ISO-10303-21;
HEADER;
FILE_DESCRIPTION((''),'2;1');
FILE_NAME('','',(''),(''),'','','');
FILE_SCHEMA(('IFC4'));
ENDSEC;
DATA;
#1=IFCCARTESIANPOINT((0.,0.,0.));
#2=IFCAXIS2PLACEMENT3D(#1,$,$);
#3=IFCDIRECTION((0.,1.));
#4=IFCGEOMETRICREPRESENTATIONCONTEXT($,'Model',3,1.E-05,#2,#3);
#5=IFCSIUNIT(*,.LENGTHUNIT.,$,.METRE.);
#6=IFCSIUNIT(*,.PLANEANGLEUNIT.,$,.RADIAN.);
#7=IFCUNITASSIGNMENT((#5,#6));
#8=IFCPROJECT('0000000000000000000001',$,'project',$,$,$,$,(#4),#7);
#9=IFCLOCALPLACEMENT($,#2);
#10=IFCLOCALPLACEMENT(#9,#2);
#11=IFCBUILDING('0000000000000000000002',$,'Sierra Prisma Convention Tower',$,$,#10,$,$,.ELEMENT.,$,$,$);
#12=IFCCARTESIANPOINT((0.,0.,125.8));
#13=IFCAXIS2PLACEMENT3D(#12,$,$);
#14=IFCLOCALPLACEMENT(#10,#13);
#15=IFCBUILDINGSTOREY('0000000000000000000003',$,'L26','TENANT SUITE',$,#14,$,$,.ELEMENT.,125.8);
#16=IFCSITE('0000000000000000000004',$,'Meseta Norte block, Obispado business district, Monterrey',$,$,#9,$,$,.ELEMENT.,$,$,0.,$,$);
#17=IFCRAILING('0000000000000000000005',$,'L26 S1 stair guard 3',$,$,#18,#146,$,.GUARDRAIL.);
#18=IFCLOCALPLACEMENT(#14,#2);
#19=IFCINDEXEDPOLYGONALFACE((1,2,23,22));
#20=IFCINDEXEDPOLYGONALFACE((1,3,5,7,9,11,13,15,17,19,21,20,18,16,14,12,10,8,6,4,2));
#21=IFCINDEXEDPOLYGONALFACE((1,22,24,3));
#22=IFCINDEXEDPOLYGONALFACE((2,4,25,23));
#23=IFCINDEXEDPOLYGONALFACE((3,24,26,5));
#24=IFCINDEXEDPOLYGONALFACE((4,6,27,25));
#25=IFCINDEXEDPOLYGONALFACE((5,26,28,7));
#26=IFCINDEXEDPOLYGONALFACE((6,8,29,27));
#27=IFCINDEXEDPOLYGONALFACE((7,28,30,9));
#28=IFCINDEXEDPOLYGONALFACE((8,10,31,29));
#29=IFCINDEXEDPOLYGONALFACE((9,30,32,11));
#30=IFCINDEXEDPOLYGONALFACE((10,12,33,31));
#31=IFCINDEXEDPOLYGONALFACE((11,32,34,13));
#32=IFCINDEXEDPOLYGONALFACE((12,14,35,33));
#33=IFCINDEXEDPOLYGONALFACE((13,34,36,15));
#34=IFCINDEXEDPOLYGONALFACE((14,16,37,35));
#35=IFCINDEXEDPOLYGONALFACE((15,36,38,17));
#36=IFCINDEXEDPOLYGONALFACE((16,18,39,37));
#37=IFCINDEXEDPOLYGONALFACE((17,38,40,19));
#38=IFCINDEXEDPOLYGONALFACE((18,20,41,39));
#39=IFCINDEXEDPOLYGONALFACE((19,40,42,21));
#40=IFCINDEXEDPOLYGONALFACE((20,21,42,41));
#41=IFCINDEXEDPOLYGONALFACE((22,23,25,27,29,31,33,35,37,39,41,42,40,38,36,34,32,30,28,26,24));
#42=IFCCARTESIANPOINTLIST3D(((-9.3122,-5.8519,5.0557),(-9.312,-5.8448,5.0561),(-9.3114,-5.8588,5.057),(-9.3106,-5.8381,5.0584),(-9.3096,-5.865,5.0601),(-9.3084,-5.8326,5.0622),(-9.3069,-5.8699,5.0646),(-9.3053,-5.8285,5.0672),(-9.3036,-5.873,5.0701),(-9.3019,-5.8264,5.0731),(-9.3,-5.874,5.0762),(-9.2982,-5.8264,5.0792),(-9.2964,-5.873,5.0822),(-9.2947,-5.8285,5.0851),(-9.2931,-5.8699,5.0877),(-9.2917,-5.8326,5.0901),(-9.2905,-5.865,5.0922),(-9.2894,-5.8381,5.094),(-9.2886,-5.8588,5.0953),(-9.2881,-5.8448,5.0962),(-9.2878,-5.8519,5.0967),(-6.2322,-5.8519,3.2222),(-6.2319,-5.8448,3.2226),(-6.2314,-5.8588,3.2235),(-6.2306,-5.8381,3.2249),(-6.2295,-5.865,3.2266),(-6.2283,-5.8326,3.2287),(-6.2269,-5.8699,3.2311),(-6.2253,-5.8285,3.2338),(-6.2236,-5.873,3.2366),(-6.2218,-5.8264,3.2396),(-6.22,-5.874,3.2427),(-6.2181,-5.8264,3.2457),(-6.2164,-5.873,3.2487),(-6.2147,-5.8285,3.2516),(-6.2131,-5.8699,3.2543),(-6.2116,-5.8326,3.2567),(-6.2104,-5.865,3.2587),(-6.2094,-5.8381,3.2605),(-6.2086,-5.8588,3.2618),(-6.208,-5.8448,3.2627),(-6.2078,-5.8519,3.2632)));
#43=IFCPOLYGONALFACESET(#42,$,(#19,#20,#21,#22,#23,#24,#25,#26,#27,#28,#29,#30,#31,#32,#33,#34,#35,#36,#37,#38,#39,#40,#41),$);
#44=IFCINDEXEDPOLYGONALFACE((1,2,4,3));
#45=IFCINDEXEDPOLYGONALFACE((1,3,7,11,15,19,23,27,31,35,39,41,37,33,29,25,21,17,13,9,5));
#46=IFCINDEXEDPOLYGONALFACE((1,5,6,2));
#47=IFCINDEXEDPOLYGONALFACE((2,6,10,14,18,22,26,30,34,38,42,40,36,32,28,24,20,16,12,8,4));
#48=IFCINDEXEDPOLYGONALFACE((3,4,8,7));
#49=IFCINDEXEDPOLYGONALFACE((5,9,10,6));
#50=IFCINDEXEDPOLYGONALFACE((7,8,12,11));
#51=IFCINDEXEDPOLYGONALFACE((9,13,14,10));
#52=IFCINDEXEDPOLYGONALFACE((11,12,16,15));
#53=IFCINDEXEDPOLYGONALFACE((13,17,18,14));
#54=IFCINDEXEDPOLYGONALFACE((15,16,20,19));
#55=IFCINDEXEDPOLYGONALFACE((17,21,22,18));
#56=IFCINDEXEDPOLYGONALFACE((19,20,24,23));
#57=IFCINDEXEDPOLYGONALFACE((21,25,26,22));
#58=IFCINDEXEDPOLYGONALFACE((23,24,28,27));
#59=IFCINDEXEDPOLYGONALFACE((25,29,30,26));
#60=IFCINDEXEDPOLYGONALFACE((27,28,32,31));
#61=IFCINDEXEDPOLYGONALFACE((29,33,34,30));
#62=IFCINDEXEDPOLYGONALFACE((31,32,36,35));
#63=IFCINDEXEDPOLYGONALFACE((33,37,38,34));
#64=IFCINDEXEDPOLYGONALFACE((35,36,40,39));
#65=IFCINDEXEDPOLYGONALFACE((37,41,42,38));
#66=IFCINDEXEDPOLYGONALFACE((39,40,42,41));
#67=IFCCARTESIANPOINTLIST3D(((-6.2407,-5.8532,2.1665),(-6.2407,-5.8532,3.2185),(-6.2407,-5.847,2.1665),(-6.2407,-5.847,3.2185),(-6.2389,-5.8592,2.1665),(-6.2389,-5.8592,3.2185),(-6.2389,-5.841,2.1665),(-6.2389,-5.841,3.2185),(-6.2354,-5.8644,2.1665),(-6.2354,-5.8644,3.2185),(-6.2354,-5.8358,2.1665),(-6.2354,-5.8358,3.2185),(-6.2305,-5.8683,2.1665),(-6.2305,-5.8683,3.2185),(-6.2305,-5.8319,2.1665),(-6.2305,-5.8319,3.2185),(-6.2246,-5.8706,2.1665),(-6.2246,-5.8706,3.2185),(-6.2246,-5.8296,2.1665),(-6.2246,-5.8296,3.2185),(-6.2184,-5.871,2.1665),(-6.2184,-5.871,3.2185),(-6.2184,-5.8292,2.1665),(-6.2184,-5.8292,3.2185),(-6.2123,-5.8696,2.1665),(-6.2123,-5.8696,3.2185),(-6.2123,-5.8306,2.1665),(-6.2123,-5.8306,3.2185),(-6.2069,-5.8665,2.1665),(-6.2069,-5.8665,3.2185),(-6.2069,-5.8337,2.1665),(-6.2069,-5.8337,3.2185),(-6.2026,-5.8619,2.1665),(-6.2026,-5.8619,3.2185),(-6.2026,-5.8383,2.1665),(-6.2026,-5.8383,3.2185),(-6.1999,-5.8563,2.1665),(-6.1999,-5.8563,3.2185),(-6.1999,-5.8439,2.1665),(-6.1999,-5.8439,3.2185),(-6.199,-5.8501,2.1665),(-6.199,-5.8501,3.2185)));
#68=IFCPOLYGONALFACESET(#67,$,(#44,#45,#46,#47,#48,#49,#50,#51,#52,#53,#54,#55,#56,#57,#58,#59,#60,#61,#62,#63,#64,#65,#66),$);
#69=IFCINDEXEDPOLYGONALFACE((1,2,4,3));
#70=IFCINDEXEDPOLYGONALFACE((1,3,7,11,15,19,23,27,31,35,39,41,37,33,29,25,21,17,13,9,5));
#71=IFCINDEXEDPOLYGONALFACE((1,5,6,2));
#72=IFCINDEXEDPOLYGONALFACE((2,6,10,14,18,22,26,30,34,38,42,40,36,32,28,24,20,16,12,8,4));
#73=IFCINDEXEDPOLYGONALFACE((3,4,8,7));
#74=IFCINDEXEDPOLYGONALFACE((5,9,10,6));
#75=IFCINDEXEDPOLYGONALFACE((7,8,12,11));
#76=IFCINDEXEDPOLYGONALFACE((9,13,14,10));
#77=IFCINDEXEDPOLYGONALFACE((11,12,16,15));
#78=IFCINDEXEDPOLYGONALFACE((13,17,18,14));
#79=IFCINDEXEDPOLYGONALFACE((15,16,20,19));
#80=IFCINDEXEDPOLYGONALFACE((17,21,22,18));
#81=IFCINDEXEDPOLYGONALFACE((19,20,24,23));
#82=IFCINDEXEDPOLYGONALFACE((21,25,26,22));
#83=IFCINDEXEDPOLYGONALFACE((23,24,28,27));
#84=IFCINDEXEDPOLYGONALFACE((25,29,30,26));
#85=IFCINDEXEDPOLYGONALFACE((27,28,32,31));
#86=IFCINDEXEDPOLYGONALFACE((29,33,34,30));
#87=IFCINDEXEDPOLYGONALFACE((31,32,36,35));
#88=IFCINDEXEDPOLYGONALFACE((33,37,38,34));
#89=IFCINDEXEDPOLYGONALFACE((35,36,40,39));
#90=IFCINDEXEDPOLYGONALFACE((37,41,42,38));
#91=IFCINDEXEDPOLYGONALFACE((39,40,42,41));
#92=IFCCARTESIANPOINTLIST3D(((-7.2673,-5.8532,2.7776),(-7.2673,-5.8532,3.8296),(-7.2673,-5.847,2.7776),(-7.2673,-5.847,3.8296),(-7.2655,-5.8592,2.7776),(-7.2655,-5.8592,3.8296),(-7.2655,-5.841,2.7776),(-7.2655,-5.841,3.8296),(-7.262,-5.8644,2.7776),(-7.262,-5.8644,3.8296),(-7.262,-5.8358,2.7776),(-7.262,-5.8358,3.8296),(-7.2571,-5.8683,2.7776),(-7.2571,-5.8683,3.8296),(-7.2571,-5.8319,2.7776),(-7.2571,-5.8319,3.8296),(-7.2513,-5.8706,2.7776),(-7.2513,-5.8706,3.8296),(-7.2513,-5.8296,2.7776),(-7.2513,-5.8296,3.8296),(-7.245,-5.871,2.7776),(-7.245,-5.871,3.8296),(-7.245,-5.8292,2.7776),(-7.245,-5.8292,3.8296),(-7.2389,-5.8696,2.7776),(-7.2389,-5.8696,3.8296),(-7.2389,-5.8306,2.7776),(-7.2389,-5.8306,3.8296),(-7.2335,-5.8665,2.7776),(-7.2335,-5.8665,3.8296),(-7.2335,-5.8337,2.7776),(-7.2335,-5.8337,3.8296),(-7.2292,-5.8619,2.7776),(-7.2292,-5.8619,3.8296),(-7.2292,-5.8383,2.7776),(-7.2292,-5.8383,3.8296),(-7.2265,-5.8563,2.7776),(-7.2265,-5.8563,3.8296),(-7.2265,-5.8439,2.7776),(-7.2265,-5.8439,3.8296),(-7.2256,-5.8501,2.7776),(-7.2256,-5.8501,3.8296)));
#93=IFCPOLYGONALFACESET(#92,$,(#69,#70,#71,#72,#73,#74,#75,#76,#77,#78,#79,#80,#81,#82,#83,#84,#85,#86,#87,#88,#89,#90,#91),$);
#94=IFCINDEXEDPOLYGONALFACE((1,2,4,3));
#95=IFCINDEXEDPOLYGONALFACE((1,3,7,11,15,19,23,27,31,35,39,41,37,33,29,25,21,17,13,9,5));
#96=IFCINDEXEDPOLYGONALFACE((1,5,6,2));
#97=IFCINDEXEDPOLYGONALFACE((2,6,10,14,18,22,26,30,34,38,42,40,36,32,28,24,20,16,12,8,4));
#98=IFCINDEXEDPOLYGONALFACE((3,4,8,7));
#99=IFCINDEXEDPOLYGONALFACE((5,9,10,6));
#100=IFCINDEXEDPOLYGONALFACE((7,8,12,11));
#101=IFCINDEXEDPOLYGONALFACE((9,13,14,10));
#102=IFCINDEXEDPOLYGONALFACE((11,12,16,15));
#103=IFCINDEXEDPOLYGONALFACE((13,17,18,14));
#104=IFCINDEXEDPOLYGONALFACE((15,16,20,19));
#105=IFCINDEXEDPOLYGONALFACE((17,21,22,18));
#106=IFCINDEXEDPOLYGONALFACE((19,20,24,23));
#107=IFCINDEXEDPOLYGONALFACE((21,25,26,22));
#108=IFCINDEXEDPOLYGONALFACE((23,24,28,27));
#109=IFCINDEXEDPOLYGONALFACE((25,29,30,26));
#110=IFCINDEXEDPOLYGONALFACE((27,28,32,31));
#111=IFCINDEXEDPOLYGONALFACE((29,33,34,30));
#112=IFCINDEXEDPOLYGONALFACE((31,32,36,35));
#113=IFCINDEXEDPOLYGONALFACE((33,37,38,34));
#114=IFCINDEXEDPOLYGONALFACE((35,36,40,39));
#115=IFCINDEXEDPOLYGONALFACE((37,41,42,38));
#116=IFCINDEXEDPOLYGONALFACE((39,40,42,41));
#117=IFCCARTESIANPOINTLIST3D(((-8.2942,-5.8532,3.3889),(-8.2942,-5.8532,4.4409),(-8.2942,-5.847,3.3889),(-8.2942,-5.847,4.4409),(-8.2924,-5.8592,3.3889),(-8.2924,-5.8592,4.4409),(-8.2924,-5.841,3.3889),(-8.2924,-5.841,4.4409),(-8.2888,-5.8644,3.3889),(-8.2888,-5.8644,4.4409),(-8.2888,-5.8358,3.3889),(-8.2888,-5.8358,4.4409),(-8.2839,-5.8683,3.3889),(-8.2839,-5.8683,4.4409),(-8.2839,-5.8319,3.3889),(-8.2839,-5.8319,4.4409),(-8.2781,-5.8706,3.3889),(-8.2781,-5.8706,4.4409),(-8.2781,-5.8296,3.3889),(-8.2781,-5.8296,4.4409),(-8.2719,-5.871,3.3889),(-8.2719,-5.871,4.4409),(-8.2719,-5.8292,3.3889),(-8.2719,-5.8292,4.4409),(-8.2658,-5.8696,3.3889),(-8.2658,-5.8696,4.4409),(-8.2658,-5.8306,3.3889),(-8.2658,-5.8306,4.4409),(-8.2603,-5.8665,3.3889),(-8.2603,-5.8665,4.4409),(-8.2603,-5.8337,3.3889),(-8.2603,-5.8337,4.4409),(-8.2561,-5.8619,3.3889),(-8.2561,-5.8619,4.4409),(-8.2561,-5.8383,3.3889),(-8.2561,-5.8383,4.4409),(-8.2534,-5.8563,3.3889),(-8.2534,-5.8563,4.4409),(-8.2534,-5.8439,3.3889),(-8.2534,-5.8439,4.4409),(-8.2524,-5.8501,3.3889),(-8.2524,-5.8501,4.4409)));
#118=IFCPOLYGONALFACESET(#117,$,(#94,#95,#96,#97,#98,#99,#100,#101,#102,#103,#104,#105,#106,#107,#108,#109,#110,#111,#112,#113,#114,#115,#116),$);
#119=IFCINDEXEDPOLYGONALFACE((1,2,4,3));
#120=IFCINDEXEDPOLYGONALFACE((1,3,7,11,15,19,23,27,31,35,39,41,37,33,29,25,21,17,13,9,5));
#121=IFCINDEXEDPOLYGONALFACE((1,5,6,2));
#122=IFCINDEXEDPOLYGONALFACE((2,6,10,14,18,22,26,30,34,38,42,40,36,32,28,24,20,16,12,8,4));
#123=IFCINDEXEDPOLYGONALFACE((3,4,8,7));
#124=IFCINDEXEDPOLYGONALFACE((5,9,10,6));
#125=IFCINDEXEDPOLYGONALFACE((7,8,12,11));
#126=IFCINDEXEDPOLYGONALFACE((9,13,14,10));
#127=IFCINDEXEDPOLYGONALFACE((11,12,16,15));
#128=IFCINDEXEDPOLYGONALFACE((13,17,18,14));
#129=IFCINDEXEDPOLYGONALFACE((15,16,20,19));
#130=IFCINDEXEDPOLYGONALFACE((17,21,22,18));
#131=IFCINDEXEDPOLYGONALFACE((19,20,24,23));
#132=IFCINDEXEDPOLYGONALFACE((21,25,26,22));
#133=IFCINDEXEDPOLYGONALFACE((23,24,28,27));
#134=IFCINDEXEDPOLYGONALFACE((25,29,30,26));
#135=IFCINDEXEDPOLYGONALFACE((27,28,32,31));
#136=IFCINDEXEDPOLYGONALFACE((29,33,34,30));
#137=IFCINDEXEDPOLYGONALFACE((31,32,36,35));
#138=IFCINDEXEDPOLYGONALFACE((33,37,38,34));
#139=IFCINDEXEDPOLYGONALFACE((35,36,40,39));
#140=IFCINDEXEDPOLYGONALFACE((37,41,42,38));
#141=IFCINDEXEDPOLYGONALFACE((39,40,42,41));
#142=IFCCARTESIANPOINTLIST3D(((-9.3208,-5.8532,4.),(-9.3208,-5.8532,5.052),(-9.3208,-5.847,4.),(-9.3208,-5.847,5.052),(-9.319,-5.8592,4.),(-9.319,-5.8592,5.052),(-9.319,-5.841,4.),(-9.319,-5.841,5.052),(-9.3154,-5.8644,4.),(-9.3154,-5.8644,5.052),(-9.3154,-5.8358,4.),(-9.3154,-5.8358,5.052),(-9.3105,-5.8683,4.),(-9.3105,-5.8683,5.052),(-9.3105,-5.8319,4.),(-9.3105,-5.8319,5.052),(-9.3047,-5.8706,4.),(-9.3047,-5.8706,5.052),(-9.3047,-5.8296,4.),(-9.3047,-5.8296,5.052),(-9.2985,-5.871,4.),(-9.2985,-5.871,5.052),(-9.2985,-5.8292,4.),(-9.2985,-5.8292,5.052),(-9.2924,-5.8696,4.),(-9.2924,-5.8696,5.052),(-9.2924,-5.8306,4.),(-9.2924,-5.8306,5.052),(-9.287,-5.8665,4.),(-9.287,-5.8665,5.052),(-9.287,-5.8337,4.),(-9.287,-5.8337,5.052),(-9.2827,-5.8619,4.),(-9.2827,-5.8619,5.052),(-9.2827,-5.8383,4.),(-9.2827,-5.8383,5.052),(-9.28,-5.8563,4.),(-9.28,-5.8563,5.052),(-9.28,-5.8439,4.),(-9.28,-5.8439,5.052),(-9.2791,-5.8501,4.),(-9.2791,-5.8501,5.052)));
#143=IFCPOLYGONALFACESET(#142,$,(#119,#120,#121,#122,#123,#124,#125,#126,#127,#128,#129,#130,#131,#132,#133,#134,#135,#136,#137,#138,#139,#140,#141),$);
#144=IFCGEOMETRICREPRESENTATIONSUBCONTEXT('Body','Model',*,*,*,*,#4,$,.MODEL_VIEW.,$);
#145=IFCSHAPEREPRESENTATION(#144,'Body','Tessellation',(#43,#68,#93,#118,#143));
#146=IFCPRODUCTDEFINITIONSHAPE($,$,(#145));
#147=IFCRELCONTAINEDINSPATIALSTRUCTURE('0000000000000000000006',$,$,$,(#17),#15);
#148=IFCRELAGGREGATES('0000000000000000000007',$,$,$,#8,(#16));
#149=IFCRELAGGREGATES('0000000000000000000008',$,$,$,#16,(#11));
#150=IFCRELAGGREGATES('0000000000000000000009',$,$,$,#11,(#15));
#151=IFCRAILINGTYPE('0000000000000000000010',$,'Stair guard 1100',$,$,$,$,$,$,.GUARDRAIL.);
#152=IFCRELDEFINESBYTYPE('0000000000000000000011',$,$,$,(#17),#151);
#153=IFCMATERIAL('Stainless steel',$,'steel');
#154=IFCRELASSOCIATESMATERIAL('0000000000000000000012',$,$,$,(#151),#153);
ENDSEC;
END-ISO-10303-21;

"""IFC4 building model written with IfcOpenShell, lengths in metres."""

from ifc_helpers import new_model, si_unit, direction, frame, origin, origin_2d, place, context, subcontext, project, spatial, circle, extrude, material, type_object, element, save


model = new_model("IFC4")

# Units and contexts
model_context = context("Model", 3, precision=1e-05, world=origin(), true_north=direction((0.0, 1.0)))
body_context = subcontext(model_context, "Body", "Model", "MODEL_VIEW")
ifc_project = project(units=[si_unit("LENGTHUNIT", "METRE"), si_unit("PLANEANGLEUNIT", "RADIAN")], contexts=[model_context])

# Site, building, storey
site_placement = place(None, origin())
site = spatial("IfcSite", under=ifc_project, at=site_placement, Name="Meseta Norte block, Obispado business district, Monterrey", CompositionType="ELEMENT", RefElevation=0.0)
building_placement = place(site_placement, origin())
building = spatial("IfcBuilding", under=site, at=building_placement, Name="Sierra Prisma Convention Tower", CompositionType="ELEMENT")
storey_placement = place(building_placement, frame((0.0, 0.0, 125.8)))
storey = spatial("IfcBuildingStorey", under=building, at=storey_placement, Name="L26", Description="TENANT SUITE", CompositionType="ELEMENT", Elevation=125.8)

# Railing
ifc_material_1 = material(Name="Stainless steel", Category="steel")
railing_type_1 = type_object("IfcRailingType", Name="Stair guard 1100", PredefinedType="GUARDRAIL", material=ifc_material_1)
railing_1_placement = place(storey_placement, frame((-6.22, -5.8501, 2.1665)))
element("IfcRailing", 1, at=railing_1_placement, inside=storey, type_object=railing_type_1, Name="L26 S1 stair guard 3", PredefinedType="GUARDRAIL", context=body_context, shape_type="SweptSolid", body=[
    extrude(circle(Radius=0.0239, at=origin_2d()), frame((0.0, 0.0, 1.0762), z_axis=(-0.859279, 0.0, 0.511508), x_axis=(0.0, -1.0, 0.0)), (0.0, 0.0, 1.0), 3.5845),
    extrude(circle(Radius=0.021, at=origin_2d()), origin(), (0.0, 0.0, 1.0), 1.052),
    extrude(circle(Radius=0.021, at=origin_2d()), frame((-1.0266, 0.0, 0.6111)), (0.0, 0.0, 1.0), 1.052),
    extrude(circle(Radius=0.021, at=origin_2d()), frame((-2.0535, 0.0, 1.2224)), (0.0, 0.0, 1.0), 1.052),
    extrude(circle(Radius=0.021, at=origin_2d()), frame((-3.0801, 0.0, 1.8335)), (0.0, 0.0, 1.0), 1.052),
])

save(model, "model.ifc")
